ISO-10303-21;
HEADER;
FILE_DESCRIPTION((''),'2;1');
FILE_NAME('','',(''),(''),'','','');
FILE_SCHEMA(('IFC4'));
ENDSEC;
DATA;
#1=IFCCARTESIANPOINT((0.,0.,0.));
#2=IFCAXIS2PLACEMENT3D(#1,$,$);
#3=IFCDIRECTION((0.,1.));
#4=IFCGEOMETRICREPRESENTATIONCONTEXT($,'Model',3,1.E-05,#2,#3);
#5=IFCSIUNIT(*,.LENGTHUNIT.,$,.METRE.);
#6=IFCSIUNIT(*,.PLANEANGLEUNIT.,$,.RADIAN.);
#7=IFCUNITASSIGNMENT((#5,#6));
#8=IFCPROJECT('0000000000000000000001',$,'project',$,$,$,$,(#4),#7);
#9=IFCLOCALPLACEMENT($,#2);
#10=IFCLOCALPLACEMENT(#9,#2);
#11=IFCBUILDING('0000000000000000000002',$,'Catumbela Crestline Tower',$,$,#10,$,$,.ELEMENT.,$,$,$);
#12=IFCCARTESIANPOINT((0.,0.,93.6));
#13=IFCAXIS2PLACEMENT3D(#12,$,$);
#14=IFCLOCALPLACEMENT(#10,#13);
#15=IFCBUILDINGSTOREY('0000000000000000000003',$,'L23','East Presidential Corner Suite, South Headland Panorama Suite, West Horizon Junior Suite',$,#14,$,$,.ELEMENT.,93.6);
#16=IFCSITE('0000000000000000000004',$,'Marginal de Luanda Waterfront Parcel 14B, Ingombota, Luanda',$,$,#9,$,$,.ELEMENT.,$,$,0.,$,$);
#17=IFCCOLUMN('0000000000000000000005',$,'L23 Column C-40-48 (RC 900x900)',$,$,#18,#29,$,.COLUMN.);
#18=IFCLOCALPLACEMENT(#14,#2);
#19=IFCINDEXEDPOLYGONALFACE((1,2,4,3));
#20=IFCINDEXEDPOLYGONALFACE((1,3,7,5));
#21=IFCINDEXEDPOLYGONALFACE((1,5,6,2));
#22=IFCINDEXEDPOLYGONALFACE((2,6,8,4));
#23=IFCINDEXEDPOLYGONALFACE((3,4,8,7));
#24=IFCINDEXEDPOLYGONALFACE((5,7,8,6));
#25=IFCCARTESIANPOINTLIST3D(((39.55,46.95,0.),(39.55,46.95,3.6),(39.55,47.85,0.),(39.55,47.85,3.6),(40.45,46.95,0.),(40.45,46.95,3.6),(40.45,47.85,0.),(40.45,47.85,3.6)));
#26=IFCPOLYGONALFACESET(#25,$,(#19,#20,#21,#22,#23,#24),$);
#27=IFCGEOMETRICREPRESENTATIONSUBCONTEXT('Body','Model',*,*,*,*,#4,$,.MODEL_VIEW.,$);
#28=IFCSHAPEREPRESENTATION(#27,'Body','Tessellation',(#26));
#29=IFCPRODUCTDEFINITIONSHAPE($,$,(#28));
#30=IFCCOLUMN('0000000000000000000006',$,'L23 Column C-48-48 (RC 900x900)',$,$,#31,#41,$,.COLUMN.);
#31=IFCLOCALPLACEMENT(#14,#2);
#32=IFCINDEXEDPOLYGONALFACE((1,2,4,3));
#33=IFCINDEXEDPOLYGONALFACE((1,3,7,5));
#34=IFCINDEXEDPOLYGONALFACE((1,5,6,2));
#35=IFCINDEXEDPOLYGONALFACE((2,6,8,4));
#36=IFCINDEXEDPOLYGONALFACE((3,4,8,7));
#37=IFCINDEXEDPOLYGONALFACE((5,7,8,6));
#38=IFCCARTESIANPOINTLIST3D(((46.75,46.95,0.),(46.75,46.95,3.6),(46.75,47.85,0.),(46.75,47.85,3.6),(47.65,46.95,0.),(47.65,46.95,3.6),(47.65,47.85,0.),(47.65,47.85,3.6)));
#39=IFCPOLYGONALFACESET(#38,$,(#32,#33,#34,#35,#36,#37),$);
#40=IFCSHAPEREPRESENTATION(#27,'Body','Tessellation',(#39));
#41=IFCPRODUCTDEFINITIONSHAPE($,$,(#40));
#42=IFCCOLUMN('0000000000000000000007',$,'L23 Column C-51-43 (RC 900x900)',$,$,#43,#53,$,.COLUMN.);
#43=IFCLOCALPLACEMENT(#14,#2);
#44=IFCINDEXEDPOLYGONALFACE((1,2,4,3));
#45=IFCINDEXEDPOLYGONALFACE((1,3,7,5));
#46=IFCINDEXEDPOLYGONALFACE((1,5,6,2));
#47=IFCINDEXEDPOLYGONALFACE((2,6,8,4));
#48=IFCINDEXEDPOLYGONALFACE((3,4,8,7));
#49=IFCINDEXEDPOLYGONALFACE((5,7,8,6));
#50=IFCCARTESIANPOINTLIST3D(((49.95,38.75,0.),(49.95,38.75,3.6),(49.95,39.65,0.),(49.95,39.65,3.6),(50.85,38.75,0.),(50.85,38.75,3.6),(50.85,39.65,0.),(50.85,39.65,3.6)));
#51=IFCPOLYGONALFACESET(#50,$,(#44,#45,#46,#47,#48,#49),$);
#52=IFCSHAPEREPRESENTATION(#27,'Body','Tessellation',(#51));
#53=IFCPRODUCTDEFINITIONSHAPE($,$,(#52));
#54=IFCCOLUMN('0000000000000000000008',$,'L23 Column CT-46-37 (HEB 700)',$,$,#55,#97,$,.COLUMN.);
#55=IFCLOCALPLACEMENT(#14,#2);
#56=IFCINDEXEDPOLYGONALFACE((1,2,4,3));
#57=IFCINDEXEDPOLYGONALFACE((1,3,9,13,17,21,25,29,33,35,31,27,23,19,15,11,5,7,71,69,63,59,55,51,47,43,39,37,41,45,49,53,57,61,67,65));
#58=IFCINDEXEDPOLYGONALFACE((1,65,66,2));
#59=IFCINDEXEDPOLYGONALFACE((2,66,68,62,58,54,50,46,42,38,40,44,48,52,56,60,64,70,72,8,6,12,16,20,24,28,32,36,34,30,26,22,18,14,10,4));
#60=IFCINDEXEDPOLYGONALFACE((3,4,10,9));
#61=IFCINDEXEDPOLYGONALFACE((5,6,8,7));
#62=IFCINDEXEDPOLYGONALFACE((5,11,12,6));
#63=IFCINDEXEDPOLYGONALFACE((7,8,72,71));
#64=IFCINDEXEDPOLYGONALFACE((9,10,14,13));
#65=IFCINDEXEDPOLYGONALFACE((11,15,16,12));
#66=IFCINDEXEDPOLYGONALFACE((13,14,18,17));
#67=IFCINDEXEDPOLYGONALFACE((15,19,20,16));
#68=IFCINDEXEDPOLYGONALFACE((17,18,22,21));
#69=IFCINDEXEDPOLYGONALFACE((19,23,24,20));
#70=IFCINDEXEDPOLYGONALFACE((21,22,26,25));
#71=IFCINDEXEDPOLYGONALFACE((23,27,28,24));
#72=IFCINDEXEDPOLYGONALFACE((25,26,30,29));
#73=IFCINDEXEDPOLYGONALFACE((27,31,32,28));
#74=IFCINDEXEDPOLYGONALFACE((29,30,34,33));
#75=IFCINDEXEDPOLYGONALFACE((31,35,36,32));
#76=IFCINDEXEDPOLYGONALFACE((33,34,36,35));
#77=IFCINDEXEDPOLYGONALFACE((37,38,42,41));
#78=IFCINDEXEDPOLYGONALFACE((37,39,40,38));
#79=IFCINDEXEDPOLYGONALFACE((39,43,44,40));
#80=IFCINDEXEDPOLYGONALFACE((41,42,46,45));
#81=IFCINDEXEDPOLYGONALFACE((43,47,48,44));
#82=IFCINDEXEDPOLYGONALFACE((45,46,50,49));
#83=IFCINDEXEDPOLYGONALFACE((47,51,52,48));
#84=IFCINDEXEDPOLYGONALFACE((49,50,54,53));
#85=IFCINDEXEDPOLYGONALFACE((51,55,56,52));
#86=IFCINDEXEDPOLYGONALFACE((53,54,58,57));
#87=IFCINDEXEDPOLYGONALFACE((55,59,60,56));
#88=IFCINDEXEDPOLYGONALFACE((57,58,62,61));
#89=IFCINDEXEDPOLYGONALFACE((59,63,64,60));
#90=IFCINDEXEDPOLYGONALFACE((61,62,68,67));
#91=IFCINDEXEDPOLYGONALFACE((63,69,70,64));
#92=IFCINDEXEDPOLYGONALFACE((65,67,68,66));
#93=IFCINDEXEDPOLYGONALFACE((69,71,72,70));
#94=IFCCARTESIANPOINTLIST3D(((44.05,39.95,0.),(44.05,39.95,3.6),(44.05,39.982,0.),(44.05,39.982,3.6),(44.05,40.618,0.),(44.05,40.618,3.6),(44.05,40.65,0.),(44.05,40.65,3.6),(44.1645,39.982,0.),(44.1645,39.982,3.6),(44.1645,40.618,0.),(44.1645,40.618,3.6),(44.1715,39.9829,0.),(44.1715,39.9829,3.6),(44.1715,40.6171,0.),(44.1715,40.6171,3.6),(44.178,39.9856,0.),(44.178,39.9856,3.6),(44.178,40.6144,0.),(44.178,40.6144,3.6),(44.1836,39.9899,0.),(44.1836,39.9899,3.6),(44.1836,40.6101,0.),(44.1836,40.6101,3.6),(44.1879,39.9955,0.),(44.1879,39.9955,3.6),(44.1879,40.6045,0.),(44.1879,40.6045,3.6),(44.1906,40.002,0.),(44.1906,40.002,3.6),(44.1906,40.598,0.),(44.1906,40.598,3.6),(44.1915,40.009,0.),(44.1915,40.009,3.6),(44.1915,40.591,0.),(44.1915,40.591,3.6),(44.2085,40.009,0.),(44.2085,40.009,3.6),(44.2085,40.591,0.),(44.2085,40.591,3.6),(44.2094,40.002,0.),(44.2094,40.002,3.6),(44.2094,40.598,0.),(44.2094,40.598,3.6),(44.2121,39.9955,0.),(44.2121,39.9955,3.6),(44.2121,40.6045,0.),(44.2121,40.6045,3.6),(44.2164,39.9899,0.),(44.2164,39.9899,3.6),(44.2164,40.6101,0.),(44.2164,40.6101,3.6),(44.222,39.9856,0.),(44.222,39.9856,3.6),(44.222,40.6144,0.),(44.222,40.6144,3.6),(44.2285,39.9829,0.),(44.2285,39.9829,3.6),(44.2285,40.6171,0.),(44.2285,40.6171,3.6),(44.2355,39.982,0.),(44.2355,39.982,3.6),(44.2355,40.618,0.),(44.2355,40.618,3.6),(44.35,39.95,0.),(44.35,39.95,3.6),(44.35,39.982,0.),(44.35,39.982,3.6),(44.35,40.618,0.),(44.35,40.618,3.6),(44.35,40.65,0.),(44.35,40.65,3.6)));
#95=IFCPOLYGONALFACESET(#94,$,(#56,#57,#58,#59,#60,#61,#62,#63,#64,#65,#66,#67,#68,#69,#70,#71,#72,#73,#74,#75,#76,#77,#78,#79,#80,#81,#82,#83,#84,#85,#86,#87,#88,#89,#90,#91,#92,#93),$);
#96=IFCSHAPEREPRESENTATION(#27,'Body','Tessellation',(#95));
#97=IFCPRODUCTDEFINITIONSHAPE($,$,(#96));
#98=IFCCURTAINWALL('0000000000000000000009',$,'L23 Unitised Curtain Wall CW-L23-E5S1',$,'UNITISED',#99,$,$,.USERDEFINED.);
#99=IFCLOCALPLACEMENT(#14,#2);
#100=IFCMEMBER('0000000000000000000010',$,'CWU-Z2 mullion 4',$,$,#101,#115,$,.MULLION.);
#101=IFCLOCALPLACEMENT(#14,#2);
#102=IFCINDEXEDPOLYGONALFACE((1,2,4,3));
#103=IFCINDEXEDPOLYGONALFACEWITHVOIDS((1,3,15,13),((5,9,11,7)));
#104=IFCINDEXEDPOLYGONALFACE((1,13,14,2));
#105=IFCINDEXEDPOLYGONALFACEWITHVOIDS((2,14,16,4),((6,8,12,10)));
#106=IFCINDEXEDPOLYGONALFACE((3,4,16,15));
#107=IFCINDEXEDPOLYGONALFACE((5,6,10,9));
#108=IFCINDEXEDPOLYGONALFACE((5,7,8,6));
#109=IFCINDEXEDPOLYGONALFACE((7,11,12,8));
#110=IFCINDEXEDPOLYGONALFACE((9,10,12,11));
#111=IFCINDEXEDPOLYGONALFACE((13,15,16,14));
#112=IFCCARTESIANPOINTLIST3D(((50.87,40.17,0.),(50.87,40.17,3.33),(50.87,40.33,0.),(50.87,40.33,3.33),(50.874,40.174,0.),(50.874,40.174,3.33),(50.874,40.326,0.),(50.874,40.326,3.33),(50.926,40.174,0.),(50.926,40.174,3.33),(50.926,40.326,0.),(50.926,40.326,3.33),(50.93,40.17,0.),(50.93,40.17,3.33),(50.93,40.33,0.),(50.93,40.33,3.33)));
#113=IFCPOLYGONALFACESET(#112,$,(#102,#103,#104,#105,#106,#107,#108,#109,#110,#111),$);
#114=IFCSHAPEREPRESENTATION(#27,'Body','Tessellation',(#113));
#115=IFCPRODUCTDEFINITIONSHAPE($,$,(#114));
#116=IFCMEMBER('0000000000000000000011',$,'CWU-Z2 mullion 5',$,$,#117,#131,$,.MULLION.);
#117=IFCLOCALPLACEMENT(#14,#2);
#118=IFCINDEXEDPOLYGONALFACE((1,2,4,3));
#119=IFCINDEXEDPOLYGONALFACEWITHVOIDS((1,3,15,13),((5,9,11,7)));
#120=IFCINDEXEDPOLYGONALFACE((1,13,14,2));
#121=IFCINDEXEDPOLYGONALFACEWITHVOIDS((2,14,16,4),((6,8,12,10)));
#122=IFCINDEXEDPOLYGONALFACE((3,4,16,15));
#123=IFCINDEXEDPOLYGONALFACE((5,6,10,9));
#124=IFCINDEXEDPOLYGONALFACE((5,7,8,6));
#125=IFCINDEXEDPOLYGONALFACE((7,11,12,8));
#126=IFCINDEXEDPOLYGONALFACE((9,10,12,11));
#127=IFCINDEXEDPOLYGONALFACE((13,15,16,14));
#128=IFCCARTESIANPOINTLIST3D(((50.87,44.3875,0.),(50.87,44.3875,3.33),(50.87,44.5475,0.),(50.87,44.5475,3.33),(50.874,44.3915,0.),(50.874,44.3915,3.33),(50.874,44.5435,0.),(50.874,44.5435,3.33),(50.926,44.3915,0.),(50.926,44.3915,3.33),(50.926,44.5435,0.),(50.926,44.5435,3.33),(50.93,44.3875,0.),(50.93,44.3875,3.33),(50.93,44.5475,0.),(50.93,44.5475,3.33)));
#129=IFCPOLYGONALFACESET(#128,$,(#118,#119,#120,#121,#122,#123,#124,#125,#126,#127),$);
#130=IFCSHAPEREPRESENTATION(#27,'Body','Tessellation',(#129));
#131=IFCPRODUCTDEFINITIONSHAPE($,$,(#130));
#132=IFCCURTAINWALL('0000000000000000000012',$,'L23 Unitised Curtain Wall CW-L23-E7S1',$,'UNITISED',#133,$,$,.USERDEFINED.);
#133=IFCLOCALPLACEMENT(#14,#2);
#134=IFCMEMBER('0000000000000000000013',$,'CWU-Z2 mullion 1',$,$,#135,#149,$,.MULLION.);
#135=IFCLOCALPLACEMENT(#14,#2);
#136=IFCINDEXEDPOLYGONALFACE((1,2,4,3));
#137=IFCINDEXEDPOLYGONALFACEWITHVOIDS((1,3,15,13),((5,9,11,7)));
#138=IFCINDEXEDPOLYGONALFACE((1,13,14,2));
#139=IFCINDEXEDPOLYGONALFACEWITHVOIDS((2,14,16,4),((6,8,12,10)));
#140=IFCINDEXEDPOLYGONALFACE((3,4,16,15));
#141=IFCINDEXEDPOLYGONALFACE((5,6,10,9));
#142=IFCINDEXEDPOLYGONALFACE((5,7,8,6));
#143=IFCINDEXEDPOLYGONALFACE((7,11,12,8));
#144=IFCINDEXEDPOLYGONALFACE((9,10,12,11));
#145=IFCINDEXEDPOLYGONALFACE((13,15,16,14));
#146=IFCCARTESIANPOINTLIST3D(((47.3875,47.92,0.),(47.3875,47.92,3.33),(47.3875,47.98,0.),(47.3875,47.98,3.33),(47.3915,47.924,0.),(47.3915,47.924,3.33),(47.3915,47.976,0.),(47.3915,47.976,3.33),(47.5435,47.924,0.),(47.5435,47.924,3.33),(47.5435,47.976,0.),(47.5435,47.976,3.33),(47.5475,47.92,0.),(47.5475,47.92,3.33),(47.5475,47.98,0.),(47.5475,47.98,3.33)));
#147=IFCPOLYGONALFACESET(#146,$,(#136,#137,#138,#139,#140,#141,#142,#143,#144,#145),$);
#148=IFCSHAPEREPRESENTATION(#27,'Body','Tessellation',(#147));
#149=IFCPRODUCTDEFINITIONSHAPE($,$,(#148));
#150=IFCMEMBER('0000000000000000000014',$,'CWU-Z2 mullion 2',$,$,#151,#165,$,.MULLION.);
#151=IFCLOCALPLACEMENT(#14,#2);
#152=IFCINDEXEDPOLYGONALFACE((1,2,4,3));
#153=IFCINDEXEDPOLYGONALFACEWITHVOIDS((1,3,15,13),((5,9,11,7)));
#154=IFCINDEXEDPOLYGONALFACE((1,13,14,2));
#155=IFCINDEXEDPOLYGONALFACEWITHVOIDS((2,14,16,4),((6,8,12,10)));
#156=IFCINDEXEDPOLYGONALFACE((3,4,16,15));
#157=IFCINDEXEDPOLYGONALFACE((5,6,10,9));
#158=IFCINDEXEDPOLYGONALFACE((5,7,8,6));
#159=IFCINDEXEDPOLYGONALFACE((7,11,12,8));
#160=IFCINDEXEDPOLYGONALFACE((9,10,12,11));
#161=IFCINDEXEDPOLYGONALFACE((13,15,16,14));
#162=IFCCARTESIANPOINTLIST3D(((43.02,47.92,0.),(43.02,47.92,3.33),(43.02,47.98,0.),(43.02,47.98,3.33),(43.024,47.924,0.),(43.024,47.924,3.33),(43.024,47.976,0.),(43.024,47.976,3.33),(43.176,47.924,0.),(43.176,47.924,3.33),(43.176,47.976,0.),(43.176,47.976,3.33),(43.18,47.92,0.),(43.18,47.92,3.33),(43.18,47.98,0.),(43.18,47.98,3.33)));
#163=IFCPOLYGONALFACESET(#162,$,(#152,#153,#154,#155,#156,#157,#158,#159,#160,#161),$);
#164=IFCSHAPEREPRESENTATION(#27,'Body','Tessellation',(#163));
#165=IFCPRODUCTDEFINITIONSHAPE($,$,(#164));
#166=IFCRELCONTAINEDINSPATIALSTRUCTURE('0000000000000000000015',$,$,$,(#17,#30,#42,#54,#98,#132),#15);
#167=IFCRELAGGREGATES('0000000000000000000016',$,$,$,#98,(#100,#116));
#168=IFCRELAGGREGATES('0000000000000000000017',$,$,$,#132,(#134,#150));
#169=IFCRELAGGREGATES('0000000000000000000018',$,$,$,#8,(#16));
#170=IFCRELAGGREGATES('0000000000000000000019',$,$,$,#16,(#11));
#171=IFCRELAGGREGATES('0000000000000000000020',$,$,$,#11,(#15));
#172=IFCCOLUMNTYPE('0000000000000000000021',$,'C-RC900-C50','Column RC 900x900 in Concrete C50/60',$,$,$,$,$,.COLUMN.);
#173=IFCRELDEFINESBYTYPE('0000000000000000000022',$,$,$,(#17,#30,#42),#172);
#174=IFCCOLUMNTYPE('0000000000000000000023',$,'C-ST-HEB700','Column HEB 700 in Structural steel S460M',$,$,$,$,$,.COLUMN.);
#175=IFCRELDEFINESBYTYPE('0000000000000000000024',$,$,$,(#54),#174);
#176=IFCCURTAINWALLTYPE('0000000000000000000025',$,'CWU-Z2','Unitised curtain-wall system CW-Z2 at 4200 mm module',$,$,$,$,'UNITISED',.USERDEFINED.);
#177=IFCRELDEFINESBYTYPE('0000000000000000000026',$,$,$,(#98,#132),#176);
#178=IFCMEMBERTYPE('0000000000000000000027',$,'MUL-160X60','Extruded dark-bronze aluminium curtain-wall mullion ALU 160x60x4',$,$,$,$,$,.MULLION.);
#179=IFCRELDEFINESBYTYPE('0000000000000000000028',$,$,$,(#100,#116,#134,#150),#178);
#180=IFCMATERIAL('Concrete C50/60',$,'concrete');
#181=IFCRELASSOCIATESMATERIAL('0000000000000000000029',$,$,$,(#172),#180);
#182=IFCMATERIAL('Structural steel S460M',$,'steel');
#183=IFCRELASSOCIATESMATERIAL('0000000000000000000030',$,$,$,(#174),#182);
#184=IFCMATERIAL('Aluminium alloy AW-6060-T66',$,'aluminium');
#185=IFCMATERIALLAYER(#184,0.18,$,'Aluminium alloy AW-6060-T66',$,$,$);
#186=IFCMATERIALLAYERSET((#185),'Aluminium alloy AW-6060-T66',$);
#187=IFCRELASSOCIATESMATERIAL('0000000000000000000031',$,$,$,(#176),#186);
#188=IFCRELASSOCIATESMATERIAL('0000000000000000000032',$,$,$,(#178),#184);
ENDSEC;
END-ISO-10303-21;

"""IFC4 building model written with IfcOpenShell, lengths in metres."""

from ifc_helpers import new_model, si_unit, direction, frame, origin, origin_2d, place, context, subcontext, project, spatial, rectangle, hollow_rectangle, i_section, extrude, material, layer, layer_set, material_profile, profile_set, type_object, element, aggregate, save


model = new_model("IFC4")

# Units and contexts
model_context = context("Model", 3, precision=1e-05, world=origin(), true_north=direction((0.0, 1.0)))
body_context = subcontext(model_context, "Body", "Model", "MODEL_VIEW")
ifc_project = project(units=[si_unit("LENGTHUNIT", "METRE"), si_unit("PLANEANGLEUNIT", "RADIAN")], contexts=[model_context])

# Site, building, storey
site_placement = place(None, origin())
site = spatial("IfcSite", under=ifc_project, at=site_placement, Name="Marginal de Luanda Waterfront Parcel 14B, Ingombota, Luanda", CompositionType="ELEMENT", RefElevation=0.0)
building_placement = place(site_placement, origin())
building = spatial("IfcBuilding", under=site, at=building_placement, Name="Catumbela Crestline Tower", CompositionType="ELEMENT")
storey_placement = place(building_placement, frame((0.0, 0.0, 93.6)))
storey = spatial("IfcBuildingStorey", under=building, at=storey_placement, Name="L23", Description="East Presidential Corner Suite, South Headland Panorama Suite, West Horizon Junior Suite", CompositionType="ELEMENT", Elevation=93.6)

# Columns
ifc_material_1 = material(Name="Concrete C50/60", Category="concrete")
ifc_material_profile_1 = material_profile(ifc_material_1, rectangle(XDim=0.9, YDim=0.9, at=origin_2d()), Name="RC 900x900")
ifc_profile_set_1 = profile_set([ifc_material_profile_1], Name="Concrete C50/60")
column_type_1 = type_object("IfcColumnType", Name="C-RC900-C50", Description="Column RC 900x900 in Concrete C50/60", PredefinedType="COLUMN", material=ifc_profile_set_1)
for number, where, z_axis, x_axis, name in (
    (1, (40.0, 47.4, 0.0), (0.0, 0.0, 1.0), (1.0, 0.0, 0.0), "L23 Column C-40-48 (RC 900x900)"),
    (2, (47.2, 47.4, 0.0), (0.0, 0.0, 1.0), (1.0, 0.0, 0.0), "L23 Column C-48-48 (RC 900x900)"),
    (3, (50.4, 39.2, 0.0), (0.0, 0.0, 1.0), (1.0, 0.0, 0.0), "L23 Column C-51-43 (RC 900x900)"),
):
    element("IfcColumn", number, at=place(storey_placement, frame(where, z_axis=z_axis, x_axis=x_axis)), inside=storey, type_object=column_type_1, Name=name, PredefinedType="COLUMN", context=body_context, shape_type="SweptSolid", body=[
        extrude(rectangle(XDim=0.9, YDim=0.9, at=origin_2d()), origin(), (0.0, 0.0, 1.0), 3.6),
    ])
ifc_material_2 = material(Name="Structural steel S460M", Category="steel")
ifc_material_profile_2 = material_profile(ifc_material_2, i_section(OverallWidth=0.3, OverallDepth=0.7, WebThickness=0.017, FlangeThickness=0.032, FilletRadius=0.027, at=origin_2d()), Name="HEB 700")
ifc_profile_set_2 = profile_set([ifc_material_profile_2], Name="Structural steel S460M")
column_type_2 = type_object("IfcColumnType", Name="C-ST-HEB700", Description="Column HEB 700 in Structural steel S460M", PredefinedType="COLUMN", material=ifc_profile_set_2)
column_placement = place(storey_placement, frame((44.2, 40.3, 0.0), z_axis=(0.0, 0.0, 1.0), x_axis=(1.0, 0.0, 0.0)))
element("IfcColumn", 4, at=column_placement, inside=storey, type_object=column_type_2, Name="L23 Column CT-46-37 (HEB 700)", PredefinedType="COLUMN", context=body_context, shape_type="SweptSolid", body=[
    extrude(i_section(OverallWidth=0.3, OverallDepth=0.7, WebThickness=0.017, FlangeThickness=0.032, FilletRadius=0.027, at=origin_2d()), origin(), (0.0, 0.0, 1.0), 3.6),
])

# Curtain walls, members
ifc_material_3 = material(Name="Aluminium alloy AW-6060-T66", Category="aluminium")
ifc_layer_1 = layer(ifc_material_3, 0.18, Name="Aluminium alloy AW-6060-T66")
ifc_layer_set_1 = layer_set([ifc_layer_1], Name="Aluminium alloy AW-6060-T66")
curtain_wall_type = type_object("IfcCurtainWallType", Name="CWU-Z2", Description="Unitised curtain-wall system CW-Z2 at 4200 mm module", ElementType="UNITISED", PredefinedType="USERDEFINED", material=ifc_layer_set_1)
curtain_wall_1_placement = place(storey_placement, origin())
curtain_wall_1 = element("IfcCurtainWall", 5, at=curtain_wall_1_placement, inside=storey, type_object=curtain_wall_type, Name="L23 Unitised Curtain Wall CW-L23-E5S1", ObjectType="UNITISED", PredefinedType="USERDEFINED")
ifc_material_profile_3 = material_profile(ifc_material_3, hollow_rectangle(XDim=0.06, YDim=0.16, WallThickness=0.004, at=origin_2d()), Name="ALU 160x60x4")
ifc_profile_set_3 = profile_set([ifc_material_profile_3], Name="Aluminium alloy AW-6060-T66")
member_type_1 = type_object("IfcMemberType", Name="MUL-160X60", Description="Extruded dark-bronze aluminium curtain-wall mullion ALU 160x60x4", PredefinedType="MULLION", material=ifc_profile_set_3)
member_1_placement = place(storey_placement, frame((50.9, 40.25, 0.0), z_axis=(0.0, 0.0, 1.0), x_axis=(-1.0, 0.0, 0.0)))
member_1 = element("IfcMember", 6, at=member_1_placement, type_object=member_type_1, Name="CWU-Z2 mullion 4", PredefinedType="MULLION", context=body_context, shape_type="SweptSolid", body=[
    extrude(hollow_rectangle(XDim=0.06, YDim=0.16, WallThickness=0.004, at=origin_2d()), origin(), (0.0, 0.0, 1.0), 3.33),
])
member_2_placement = place(storey_placement, frame((50.9, 44.4675, 0.0), z_axis=(0.0, 0.0, 1.0), x_axis=(-1.0, 0.0, 0.0)))
member_2 = element("IfcMember", 7, at=member_2_placement, type_object=member_type_1, Name="CWU-Z2 mullion 5", PredefinedType="MULLION", context=body_context, shape_type="SweptSolid", body=[
    extrude(hollow_rectangle(XDim=0.06, YDim=0.16, WallThickness=0.004, at=origin_2d()), origin(), (0.0, 0.0, 1.0), 3.33),
])
curtain_wall_2_placement = place(storey_placement, origin())
curtain_wall_2 = element("IfcCurtainWall", 8, at=curtain_wall_2_placement, inside=storey, type_object=curtain_wall_type, Name="L23 Unitised Curtain Wall CW-L23-E7S1", ObjectType="UNITISED", PredefinedType="USERDEFINED")
member_3_placement = place(storey_placement, frame((47.4675, 47.95, 0.0), z_axis=(0.0, 0.0, 1.0), x_axis=(0.0, -1.0, 0.0)))
member_3 = element("IfcMember", 9, at=member_3_placement, type_object=member_type_1, Name="CWU-Z2 mullion 1", PredefinedType="MULLION", context=body_context, shape_type="SweptSolid", body=[
    extrude(hollow_rectangle(XDim=0.06, YDim=0.16, WallThickness=0.004, at=origin_2d()), origin(), (0.0, 0.0, 1.0), 3.33),
])
member_4_placement = place(storey_placement, frame((43.1, 47.95, 0.0), z_axis=(0.0, 0.0, 1.0), x_axis=(0.0, -1.0, 0.0)))
member_4 = element("IfcMember", 10, at=member_4_placement, type_object=member_type_1, Name="CWU-Z2 mullion 2", PredefinedType="MULLION", context=body_context, shape_type="SweptSolid", body=[
    extrude(hollow_rectangle(XDim=0.06, YDim=0.16, WallThickness=0.004, at=origin_2d()), origin(), (0.0, 0.0, 1.0), 3.33),
])

aggregate(curtain_wall_1, [member_1, member_2])
aggregate(curtain_wall_2, [member_3, member_4])

save(model, "model.ifc")
